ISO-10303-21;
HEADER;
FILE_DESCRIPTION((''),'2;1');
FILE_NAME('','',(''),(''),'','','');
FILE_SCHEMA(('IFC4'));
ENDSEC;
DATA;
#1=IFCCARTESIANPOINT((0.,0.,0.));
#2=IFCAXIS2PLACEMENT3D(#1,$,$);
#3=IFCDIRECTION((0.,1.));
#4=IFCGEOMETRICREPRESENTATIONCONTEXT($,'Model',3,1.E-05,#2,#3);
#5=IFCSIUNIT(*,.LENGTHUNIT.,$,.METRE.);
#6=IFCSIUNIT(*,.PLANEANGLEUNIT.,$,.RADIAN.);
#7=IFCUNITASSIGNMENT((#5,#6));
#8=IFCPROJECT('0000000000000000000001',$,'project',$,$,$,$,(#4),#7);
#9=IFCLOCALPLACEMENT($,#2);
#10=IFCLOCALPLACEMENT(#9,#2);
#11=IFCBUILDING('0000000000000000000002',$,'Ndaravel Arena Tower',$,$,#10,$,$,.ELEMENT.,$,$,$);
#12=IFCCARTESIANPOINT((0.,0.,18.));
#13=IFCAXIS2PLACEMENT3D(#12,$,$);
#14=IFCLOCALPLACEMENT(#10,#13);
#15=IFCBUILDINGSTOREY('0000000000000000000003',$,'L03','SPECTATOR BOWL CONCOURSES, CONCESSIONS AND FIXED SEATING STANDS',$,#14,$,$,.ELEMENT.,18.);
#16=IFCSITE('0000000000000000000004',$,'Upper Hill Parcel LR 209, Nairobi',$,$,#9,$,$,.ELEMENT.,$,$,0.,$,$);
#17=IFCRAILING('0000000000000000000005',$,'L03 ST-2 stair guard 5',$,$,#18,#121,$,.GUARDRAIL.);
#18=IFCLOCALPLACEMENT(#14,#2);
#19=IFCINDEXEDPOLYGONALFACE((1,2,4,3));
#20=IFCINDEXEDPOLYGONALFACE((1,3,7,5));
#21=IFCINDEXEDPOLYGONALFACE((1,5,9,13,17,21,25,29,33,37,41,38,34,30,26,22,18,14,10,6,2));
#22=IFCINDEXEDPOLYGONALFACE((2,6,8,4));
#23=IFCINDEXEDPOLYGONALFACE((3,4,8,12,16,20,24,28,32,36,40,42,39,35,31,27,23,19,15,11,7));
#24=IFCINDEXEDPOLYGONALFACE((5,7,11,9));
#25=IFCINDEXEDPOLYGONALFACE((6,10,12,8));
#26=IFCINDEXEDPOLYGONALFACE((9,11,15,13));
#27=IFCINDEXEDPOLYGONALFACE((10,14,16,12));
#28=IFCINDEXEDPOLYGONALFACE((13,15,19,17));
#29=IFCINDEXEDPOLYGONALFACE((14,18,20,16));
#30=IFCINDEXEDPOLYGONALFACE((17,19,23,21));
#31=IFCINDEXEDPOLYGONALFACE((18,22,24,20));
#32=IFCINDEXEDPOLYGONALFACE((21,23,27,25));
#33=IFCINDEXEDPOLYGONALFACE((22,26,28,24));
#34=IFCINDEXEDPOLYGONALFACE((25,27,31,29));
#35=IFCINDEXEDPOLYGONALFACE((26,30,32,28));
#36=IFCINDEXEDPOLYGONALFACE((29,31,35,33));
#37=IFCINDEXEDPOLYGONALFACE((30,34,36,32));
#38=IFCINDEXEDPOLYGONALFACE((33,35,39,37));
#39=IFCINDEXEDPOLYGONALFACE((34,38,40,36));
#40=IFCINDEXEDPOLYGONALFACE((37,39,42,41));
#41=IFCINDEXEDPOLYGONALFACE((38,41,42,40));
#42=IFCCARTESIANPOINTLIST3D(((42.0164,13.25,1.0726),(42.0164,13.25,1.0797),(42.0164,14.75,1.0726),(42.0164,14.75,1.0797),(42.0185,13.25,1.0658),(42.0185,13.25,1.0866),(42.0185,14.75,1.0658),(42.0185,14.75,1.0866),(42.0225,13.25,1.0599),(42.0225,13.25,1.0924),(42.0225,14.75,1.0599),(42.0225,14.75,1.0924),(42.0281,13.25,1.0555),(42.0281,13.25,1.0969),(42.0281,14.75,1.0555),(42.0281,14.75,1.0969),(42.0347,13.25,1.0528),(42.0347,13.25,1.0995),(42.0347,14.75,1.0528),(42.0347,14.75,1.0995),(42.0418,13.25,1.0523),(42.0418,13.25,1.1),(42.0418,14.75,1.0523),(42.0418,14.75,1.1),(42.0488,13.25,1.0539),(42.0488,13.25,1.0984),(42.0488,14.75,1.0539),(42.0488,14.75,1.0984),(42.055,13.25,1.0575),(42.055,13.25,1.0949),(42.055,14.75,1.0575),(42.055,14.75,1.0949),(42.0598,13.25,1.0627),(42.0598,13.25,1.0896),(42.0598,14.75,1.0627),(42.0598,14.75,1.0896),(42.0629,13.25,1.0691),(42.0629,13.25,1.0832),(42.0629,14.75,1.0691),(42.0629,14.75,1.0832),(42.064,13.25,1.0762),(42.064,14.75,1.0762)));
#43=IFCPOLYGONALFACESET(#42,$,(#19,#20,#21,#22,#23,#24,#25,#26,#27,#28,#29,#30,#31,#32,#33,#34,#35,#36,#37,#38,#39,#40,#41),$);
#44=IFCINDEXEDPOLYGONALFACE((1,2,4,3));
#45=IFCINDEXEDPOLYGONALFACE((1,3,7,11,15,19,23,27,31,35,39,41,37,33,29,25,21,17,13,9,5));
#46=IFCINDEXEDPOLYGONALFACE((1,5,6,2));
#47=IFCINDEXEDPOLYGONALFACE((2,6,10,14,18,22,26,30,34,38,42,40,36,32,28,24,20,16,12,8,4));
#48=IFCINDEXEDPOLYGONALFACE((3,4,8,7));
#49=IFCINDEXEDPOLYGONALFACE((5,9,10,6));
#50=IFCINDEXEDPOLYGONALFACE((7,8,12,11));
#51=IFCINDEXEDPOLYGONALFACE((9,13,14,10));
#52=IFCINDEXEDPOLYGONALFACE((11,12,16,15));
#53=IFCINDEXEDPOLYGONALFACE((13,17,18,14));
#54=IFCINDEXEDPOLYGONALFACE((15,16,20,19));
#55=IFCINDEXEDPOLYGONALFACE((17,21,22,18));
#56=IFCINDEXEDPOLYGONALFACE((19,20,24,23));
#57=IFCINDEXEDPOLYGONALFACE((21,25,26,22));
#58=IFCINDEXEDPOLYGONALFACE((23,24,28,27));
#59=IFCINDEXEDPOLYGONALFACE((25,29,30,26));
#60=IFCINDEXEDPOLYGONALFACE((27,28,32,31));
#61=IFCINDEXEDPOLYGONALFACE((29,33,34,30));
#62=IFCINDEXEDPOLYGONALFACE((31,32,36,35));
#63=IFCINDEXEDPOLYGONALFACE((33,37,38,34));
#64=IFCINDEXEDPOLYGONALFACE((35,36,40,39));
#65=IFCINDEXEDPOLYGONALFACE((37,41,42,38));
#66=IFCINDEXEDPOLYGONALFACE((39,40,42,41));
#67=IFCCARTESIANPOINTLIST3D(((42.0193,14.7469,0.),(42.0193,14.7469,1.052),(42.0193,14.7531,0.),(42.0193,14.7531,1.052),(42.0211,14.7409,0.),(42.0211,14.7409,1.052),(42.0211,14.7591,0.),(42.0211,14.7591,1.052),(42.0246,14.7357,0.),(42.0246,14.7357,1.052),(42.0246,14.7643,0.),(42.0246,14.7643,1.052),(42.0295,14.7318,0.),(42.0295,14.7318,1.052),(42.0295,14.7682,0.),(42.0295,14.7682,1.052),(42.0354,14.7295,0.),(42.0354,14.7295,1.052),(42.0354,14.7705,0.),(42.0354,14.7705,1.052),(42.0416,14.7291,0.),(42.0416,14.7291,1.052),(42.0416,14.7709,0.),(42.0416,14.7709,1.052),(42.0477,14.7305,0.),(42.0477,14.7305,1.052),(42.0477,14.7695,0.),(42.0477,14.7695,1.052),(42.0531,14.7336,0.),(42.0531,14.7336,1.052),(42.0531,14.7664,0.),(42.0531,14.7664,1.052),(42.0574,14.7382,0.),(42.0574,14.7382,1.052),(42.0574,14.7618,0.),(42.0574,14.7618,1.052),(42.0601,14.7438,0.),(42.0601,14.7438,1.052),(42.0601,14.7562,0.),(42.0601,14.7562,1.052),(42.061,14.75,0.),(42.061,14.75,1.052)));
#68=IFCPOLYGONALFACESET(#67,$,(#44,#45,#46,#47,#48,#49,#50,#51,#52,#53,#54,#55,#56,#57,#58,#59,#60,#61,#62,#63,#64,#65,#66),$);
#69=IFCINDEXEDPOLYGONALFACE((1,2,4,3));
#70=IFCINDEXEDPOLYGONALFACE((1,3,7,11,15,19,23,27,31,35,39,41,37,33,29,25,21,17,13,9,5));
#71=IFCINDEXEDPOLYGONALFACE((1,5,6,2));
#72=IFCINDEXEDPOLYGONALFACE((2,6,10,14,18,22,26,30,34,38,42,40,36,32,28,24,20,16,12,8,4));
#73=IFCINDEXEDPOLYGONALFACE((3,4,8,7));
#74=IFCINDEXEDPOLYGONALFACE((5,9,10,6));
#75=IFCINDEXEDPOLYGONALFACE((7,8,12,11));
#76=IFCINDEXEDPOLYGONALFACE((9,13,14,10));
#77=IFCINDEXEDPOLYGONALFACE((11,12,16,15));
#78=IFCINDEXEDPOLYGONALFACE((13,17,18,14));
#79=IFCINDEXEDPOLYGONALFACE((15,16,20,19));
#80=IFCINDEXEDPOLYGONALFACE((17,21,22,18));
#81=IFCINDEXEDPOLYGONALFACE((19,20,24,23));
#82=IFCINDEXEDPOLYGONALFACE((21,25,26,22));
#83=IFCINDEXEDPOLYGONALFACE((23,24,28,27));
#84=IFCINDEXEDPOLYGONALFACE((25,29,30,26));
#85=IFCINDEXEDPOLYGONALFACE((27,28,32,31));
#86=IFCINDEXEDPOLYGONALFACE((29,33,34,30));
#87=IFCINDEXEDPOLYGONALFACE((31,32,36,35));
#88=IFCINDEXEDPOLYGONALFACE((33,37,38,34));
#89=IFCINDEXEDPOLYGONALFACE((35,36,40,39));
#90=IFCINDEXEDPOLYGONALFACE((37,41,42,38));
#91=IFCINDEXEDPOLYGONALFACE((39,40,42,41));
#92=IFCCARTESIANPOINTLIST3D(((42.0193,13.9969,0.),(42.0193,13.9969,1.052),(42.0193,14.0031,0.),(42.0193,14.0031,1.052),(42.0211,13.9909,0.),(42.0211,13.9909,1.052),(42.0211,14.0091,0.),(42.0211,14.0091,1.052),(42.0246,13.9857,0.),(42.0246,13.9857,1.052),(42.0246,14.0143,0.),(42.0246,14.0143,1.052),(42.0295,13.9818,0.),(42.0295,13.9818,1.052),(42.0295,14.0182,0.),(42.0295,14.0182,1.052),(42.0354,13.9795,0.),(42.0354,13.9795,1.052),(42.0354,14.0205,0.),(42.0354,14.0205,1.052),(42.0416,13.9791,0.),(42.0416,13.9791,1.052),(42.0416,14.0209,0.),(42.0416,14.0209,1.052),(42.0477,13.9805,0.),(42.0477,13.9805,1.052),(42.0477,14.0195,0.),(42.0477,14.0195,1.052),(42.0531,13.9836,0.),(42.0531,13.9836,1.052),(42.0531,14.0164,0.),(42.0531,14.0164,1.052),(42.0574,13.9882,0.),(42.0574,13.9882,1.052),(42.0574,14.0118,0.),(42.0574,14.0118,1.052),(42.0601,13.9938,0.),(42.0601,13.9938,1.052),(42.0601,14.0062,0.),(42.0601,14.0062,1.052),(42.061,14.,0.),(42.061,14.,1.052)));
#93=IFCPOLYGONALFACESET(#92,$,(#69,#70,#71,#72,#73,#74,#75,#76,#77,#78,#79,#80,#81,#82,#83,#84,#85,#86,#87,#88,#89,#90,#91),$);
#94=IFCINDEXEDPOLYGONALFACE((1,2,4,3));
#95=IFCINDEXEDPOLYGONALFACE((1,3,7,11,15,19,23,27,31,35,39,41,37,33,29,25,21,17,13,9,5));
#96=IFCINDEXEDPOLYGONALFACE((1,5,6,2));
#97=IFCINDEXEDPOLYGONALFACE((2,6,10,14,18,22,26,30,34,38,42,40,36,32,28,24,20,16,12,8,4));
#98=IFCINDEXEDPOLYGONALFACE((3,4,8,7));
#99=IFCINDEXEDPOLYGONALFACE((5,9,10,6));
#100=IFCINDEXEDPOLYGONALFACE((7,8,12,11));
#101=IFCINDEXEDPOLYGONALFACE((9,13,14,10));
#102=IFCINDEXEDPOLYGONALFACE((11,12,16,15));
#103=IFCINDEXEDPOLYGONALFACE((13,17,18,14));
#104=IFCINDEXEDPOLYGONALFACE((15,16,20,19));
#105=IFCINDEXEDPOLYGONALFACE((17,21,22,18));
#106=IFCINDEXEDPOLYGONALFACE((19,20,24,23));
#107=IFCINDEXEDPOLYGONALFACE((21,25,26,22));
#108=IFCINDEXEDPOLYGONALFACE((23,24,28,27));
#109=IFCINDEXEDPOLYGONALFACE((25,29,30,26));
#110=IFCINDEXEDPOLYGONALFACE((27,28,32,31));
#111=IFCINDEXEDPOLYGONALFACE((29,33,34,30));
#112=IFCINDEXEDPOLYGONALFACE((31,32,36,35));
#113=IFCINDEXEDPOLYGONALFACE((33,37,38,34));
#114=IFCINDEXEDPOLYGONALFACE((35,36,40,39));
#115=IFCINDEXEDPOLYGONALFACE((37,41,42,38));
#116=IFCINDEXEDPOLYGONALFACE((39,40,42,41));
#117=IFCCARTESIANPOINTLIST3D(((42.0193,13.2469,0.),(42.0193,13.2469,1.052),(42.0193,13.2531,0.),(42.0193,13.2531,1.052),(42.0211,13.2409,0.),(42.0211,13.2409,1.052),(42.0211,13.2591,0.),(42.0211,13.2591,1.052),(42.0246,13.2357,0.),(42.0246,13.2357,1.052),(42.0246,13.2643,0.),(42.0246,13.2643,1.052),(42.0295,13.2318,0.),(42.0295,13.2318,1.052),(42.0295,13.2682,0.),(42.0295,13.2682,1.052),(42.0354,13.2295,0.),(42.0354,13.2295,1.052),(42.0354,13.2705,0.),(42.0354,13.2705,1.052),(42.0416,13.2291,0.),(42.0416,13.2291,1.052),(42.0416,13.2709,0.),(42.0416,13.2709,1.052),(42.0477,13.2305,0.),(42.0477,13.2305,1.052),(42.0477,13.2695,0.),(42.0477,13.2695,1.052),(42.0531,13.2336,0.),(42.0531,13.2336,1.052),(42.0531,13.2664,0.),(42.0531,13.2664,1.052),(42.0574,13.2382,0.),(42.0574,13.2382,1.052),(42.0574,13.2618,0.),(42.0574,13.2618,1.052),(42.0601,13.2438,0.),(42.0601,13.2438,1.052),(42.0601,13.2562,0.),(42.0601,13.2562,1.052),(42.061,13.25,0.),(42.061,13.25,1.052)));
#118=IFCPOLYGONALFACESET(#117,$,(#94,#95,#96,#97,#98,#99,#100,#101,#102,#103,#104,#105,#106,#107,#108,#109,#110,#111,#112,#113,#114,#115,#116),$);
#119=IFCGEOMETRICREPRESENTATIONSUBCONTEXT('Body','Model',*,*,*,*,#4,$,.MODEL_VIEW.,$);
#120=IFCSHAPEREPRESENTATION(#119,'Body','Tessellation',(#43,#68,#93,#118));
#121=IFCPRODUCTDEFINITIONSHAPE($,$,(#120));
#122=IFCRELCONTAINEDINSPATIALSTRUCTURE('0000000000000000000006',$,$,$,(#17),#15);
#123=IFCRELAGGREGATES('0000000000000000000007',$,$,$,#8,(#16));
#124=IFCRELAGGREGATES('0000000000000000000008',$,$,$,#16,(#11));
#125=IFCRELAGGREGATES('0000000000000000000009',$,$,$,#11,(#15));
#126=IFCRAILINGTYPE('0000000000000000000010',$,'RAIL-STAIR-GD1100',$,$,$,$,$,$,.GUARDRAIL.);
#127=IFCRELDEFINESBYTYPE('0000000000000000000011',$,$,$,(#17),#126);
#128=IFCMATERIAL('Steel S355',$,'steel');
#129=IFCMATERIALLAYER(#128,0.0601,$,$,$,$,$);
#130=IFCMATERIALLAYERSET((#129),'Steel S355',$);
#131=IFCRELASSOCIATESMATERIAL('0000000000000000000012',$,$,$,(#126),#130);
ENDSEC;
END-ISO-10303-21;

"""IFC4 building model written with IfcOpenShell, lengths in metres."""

from ifc_helpers import new_model, si_unit, direction, frame, origin, origin_2d, place, context, subcontext, project, spatial, circle, extrude, material, layer, layer_set, type_object, element, save


model = new_model("IFC4")

# Units and contexts
model_context = context("Model", 3, precision=1e-05, world=origin(), true_north=direction((0.0, 1.0)))
body_context = subcontext(model_context, "Body", "Model", "MODEL_VIEW")
ifc_project = project(units=[si_unit("LENGTHUNIT", "METRE"), si_unit("PLANEANGLEUNIT", "RADIAN")], contexts=[model_context])

# Site, building, storey
site_placement = place(None, origin())
site = spatial("IfcSite", under=ifc_project, at=site_placement, Name="Upper Hill Parcel LR 209, Nairobi", CompositionType="ELEMENT", RefElevation=0.0)
building_placement = place(site_placement, origin())
building = spatial("IfcBuilding", under=site, at=building_placement, Name="Ndaravel Arena Tower", CompositionType="ELEMENT")
storey_placement = place(building_placement, frame((0.0, 0.0, 18.0)))
storey = spatial("IfcBuildingStorey", under=building, at=storey_placement, Name="L03", Description="SPECTATOR BOWL CONCOURSES, CONCESSIONS AND FIXED SEATING STANDS", CompositionType="ELEMENT", Elevation=18.0)

# Railing
ifc_material_1 = material(Name="Steel S355", Category="steel")
ifc_layer_1 = layer(ifc_material_1, 0.0601)
ifc_layer_set_1 = layer_set([ifc_layer_1], Name="Steel S355")
railing_type_1 = type_object("IfcRailingType", Name="RAIL-STAIR-GD1100", PredefinedType="GUARDRAIL", material=ifc_layer_set_1)
railing_1_placement = place(storey_placement, frame((42.04, 14.75, 0.0)))
element("IfcRailing", 1, at=railing_1_placement, inside=storey, type_object=railing_type_1, Name="L03 ST-2 stair guard 5", PredefinedType="GUARDRAIL", context=body_context, shape_type="SweptSolid", body=[
    extrude(circle(Radius=0.0239, at=origin_2d()), frame((0.0, 0.0, 1.0762), z_axis=(0.0, -1.0, 0.0), x_axis=(1.0, 0.0, 0.0)), (0.0, 0.0, 1.0), 1.5),
    extrude(circle(Radius=0.021, at=origin_2d()), origin(), (0.0, 0.0, 1.0), 1.052),
    extrude(circle(Radius=0.021, at=origin_2d()), frame((0.0, -0.75, 0.0)), (0.0, 0.0, 1.0), 1.052),
    extrude(circle(Radius=0.021, at=origin_2d()), frame((0.0, -1.5, 0.0)), (0.0, 0.0, 1.0), 1.052),
])

save(model, "model.ifc")
